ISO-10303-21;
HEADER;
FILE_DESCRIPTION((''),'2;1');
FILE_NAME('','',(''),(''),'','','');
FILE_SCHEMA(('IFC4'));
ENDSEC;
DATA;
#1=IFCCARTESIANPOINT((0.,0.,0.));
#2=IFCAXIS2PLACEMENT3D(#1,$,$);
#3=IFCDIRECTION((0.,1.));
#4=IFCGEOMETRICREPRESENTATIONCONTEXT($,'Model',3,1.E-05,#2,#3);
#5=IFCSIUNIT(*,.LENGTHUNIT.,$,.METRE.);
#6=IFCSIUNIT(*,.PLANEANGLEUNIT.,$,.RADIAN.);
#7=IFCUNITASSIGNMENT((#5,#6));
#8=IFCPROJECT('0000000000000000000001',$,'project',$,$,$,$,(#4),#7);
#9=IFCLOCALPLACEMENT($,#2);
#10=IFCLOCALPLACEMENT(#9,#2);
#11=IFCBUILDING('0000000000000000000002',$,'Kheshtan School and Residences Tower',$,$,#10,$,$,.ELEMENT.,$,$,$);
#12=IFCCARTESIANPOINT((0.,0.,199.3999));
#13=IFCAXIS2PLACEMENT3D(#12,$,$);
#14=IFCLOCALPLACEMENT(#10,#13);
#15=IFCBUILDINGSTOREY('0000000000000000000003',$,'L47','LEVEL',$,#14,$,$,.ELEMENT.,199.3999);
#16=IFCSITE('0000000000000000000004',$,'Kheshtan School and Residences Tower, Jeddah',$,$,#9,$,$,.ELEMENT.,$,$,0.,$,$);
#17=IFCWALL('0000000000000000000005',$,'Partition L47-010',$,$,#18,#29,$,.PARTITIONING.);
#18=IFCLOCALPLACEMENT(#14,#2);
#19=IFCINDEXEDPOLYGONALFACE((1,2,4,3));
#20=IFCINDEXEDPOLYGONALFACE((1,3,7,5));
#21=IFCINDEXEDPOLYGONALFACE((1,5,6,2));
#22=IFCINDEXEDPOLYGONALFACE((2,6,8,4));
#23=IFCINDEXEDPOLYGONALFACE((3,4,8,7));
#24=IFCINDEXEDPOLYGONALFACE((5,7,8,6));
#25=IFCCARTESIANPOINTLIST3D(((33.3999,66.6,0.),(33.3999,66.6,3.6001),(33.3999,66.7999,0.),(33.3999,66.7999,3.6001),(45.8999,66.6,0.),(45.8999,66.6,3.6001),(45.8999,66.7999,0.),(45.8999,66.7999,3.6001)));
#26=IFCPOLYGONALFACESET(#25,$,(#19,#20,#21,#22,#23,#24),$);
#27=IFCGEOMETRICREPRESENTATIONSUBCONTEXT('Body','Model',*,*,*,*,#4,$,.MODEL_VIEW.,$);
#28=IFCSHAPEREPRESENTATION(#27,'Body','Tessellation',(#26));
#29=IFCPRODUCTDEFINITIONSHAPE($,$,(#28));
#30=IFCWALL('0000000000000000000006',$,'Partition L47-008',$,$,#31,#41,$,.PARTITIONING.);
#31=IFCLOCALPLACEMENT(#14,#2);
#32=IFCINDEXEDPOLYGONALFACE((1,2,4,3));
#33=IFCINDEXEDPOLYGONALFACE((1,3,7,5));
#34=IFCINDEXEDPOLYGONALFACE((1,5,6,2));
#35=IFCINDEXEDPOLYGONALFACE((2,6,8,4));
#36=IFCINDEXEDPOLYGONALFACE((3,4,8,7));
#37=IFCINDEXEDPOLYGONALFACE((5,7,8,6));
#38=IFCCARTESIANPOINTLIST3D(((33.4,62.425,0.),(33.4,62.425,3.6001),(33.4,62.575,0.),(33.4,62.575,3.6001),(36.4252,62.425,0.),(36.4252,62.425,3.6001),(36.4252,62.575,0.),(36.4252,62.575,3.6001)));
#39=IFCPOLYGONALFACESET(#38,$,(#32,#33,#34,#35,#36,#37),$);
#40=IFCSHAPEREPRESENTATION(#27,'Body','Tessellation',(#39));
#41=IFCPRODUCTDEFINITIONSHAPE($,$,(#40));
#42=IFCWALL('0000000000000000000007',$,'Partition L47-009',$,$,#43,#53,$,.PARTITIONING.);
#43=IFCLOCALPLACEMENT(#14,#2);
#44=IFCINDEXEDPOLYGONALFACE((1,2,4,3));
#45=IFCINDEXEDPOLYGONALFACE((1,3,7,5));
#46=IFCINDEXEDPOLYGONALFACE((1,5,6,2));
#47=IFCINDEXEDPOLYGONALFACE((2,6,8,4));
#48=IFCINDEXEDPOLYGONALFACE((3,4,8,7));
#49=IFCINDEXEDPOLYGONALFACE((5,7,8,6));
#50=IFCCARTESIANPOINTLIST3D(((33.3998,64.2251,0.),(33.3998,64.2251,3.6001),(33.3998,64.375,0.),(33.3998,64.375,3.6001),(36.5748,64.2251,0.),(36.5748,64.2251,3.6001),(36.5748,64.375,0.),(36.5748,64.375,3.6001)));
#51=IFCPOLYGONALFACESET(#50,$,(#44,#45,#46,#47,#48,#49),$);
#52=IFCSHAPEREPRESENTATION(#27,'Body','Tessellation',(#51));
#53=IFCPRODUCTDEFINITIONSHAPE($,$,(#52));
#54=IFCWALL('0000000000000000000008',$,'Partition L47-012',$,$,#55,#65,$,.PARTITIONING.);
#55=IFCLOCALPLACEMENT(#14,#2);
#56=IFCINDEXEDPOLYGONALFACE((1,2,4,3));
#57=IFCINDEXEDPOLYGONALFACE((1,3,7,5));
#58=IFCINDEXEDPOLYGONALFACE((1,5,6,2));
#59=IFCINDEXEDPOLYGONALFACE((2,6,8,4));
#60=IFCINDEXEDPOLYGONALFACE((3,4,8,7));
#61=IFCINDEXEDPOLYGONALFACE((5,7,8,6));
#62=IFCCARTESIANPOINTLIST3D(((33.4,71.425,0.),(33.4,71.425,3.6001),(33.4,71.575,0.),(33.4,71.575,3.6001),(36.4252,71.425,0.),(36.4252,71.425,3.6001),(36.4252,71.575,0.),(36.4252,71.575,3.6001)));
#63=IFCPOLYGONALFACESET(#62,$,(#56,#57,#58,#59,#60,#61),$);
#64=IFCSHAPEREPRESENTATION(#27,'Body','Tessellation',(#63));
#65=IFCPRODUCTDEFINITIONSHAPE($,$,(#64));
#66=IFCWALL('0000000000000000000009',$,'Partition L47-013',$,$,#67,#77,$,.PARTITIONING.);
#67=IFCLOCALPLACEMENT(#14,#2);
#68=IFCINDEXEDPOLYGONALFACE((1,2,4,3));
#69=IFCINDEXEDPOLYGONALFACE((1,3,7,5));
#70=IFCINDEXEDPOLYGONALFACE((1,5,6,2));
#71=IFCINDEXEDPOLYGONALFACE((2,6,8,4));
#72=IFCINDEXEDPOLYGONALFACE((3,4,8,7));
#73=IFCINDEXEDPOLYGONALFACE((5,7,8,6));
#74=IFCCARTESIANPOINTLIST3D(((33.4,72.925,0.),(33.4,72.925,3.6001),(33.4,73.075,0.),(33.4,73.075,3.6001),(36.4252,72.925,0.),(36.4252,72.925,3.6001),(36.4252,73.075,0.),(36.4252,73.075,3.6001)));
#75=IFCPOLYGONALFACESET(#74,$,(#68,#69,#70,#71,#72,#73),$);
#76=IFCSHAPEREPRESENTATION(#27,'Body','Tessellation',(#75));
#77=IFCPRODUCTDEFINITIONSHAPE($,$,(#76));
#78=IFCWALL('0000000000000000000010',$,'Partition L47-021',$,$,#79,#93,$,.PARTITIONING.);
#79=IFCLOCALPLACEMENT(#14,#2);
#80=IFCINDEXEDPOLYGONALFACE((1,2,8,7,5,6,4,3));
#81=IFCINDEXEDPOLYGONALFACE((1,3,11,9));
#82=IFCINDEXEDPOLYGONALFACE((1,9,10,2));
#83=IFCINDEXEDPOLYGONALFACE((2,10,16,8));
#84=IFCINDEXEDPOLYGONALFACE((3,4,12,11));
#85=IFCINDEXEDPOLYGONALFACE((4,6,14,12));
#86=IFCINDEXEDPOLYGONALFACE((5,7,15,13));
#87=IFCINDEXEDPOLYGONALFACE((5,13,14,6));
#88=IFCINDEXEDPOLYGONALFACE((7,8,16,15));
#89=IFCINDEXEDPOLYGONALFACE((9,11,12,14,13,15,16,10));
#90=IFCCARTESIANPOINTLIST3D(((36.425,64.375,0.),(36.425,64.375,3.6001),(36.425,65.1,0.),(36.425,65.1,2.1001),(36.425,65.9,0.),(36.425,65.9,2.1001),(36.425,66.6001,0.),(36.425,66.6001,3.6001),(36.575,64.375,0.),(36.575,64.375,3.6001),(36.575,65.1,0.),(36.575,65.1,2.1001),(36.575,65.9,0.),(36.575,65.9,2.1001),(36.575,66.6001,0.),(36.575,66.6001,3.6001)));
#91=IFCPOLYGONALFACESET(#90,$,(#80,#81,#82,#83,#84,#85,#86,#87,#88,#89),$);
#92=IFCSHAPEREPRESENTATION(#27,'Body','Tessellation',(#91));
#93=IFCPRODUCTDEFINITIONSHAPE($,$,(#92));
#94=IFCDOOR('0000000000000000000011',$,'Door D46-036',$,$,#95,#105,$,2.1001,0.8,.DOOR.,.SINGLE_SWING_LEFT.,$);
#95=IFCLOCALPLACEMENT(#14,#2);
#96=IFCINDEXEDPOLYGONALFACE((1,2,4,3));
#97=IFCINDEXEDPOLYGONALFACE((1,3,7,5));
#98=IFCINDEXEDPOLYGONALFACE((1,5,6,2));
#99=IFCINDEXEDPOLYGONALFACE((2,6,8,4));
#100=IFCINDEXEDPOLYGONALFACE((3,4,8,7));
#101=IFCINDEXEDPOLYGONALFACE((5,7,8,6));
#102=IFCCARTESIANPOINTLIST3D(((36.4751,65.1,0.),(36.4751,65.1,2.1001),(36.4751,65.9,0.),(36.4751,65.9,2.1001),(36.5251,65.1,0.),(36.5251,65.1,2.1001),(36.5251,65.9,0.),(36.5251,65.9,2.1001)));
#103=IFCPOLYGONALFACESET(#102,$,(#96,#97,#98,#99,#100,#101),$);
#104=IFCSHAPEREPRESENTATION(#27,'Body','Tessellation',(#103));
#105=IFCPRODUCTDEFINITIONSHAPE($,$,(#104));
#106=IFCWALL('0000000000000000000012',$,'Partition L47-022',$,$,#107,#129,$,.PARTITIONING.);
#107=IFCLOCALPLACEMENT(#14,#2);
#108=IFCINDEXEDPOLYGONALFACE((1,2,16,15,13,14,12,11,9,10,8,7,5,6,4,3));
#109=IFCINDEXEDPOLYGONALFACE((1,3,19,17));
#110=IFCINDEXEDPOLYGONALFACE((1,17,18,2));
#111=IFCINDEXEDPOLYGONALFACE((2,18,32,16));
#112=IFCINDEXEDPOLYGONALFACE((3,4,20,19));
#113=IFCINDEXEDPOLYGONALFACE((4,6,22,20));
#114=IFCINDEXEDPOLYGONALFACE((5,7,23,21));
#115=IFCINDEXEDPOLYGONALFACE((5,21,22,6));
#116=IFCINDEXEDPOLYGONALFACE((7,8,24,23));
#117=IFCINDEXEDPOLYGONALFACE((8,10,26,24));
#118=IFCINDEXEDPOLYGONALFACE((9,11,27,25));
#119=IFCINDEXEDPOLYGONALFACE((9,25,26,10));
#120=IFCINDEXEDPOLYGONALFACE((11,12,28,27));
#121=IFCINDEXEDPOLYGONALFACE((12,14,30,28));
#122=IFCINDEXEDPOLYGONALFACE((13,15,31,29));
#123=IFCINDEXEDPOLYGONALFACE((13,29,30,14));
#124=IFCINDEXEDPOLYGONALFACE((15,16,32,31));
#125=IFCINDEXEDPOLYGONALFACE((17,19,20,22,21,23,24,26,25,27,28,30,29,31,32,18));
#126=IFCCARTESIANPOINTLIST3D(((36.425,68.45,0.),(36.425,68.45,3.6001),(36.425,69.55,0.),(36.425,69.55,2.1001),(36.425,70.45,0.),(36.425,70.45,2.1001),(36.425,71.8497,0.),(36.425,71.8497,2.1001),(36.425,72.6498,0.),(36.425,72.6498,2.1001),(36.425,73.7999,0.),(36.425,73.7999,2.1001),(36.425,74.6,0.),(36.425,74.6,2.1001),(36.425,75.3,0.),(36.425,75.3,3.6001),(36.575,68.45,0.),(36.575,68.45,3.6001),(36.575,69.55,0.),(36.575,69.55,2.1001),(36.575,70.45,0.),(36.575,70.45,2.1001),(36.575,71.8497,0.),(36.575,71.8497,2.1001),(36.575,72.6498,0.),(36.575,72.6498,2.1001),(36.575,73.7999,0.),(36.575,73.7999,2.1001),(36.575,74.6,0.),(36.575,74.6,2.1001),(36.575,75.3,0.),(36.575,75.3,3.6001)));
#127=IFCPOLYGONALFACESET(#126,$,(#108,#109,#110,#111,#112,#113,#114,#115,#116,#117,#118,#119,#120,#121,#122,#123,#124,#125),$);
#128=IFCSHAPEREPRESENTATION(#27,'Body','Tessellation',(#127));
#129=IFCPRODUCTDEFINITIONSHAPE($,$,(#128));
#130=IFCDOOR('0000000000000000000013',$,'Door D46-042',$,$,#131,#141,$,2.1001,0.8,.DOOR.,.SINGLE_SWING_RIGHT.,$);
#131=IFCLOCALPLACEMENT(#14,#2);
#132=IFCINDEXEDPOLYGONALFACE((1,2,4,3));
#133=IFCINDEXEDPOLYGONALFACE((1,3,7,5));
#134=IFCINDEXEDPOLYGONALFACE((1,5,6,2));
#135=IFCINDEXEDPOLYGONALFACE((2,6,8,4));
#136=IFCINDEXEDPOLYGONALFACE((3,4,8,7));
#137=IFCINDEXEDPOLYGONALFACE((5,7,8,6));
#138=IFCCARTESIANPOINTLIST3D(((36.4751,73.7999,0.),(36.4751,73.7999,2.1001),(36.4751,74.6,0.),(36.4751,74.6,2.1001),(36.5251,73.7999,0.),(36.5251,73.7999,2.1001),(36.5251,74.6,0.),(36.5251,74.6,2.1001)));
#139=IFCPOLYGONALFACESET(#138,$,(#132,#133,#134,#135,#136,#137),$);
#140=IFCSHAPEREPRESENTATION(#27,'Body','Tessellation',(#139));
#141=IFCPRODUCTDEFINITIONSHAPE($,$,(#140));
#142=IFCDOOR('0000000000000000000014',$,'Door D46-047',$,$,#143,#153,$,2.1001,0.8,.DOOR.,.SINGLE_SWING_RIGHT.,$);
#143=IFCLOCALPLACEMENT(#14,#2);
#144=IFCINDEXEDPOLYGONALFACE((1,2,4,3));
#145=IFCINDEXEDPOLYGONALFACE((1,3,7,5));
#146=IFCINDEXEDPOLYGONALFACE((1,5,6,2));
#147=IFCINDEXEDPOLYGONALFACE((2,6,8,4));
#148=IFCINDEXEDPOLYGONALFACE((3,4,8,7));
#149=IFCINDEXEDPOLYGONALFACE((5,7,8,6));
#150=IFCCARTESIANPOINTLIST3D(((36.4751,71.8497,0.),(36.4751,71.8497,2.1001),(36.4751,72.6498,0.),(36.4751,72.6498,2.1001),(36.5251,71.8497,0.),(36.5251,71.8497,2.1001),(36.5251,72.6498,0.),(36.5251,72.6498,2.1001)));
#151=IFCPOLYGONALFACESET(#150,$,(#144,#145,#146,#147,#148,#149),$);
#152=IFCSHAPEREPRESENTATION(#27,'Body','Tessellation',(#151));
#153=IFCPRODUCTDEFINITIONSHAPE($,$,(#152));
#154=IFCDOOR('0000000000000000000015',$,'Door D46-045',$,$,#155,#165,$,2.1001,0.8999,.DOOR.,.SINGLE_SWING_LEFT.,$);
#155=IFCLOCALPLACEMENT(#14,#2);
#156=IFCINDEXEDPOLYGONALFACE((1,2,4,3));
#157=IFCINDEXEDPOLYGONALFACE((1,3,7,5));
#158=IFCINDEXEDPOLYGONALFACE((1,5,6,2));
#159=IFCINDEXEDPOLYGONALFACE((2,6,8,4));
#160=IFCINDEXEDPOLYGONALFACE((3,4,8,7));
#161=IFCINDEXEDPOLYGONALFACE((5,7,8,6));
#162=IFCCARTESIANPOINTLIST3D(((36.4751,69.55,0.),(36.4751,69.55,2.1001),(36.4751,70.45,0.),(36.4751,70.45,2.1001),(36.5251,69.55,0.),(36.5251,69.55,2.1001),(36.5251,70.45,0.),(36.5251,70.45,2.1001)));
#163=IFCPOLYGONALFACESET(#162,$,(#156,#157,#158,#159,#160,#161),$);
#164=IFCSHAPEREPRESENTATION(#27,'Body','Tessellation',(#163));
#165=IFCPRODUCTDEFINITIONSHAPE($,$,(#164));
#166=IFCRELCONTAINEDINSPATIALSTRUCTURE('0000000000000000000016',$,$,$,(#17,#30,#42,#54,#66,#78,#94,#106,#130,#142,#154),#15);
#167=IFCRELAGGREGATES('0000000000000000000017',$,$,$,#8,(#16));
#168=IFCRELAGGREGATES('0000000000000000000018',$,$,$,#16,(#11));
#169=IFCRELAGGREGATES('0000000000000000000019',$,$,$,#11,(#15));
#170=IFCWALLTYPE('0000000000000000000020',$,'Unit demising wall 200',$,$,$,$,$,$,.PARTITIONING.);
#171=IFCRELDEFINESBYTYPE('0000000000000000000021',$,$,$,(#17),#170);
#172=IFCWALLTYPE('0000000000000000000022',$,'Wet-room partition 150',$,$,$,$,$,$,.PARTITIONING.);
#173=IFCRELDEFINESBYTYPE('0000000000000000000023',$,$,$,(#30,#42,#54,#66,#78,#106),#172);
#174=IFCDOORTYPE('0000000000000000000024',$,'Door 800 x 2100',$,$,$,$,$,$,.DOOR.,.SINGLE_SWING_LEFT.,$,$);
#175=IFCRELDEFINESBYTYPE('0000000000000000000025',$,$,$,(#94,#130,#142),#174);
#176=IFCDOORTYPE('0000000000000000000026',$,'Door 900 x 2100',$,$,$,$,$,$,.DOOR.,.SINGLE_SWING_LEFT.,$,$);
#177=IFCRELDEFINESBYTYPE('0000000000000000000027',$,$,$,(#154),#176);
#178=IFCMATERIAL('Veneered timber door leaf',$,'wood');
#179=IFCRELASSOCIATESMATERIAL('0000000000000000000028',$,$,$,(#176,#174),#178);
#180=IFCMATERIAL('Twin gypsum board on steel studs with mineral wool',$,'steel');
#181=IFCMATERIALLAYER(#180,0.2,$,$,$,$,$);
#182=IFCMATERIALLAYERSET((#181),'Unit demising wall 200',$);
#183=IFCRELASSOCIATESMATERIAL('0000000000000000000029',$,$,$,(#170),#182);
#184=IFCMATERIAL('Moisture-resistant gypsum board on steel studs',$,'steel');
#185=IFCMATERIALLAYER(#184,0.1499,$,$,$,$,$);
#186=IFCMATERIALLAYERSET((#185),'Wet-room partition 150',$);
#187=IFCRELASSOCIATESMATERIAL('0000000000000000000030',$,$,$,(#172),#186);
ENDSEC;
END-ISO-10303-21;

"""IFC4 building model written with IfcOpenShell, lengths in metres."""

from ifc_helpers import new_model, si_unit, direction, frame, frame_2d, origin, place, context, subcontext, project, spatial, rectangle, extrude, source, transform, mapped, material, layer, layer_set, type_object, element, fill, save


model = new_model("IFC4")

# Units and contexts
model_context = context("Model", 3, precision=1e-05, world=origin(), true_north=direction((0.0, 1.0)))
body_context = subcontext(model_context, "Body", "Model", "MODEL_VIEW")
ifc_project = project(units=[si_unit("LENGTHUNIT", "METRE"), si_unit("PLANEANGLEUNIT", "RADIAN")], contexts=[model_context])

# Site, building, storey
site_placement = place(None, origin())
site = spatial("IfcSite", under=ifc_project, at=site_placement, Name="Kheshtan School and Residences Tower, Jeddah", CompositionType="ELEMENT", RefElevation=0.0)
building_placement = place(site_placement, origin())
building = spatial("IfcBuilding", under=site, at=building_placement, Name="Kheshtan School and Residences Tower", CompositionType="ELEMENT")
storey_placement = place(building_placement, frame((0.0, 0.0, 199.3999)))
storey = spatial("IfcBuildingStorey", under=building, at=storey_placement, Name="L47", Description="LEVEL", CompositionType="ELEMENT", Elevation=199.3999)

# Shared definitions
ifc_material_1 = material(Name="Veneered timber door leaf", Category="wood")
door_type_1 = type_object("IfcDoorType", Name="Door 900 x 2100", OperationType="SINGLE_SWING_LEFT", PredefinedType="DOOR", material=ifc_material_1)
shared_shape_1 = source(origin(), body_context, "Body", "SweptSolid", [
    extrude(rectangle(XDim=0.8999, YDim=2.1001, at=frame_2d((0.45, 1.05))), frame((0.0, 0.0249, 0.0), z_axis=(0.0, -1.0, 0.0), x_axis=(1.0, 0.0, 0.0)), (0.0, 0.0, 1.0), 0.05),
])

# Walls
ifc_material_2 = material(Name="Twin gypsum board on steel studs with mineral wool", Category="steel")
ifc_layer_1 = layer(ifc_material_2, 0.2)
ifc_layer_set_1 = layer_set([ifc_layer_1], Name="Unit demising wall 200")
wall_type_1 = type_object("IfcWallType", Name="Unit demising wall 200", PredefinedType="PARTITIONING", material=ifc_layer_set_1)
wall_1_placement = place(storey_placement, frame((33.3999, 66.7, 0.0), z_axis=(0.0, 0.0, 1.0), x_axis=(1.0, 0.0, 0.0)))
element("IfcWall", 1, at=wall_1_placement, inside=storey, type_object=wall_type_1, Name="Partition L47-010", PredefinedType="PARTITIONING", context=body_context, shape_type="SweptSolid", body=[
    extrude(rectangle(XDim=12.5, YDim=0.2, at=frame_2d((6.25, 0.0))), origin(), (0.0, 0.0, 1.0), 3.6001),
])
ifc_material_3 = material(Name="Moisture-resistant gypsum board on steel studs", Category="steel")
ifc_layer_2 = layer(ifc_material_3, 0.1499)
ifc_layer_set_2 = layer_set([ifc_layer_2], Name="Wet-room partition 150")
wall_type_2 = type_object("IfcWallType", Name="Wet-room partition 150", PredefinedType="PARTITIONING", material=ifc_layer_set_2)
wall_2_placement = place(storey_placement, frame((33.3999, 62.5, 0.0), z_axis=(0.0, 0.0, 1.0), x_axis=(1.0, 0.0, 0.0)))
element("IfcWall", 2, at=wall_2_placement, inside=storey, type_object=wall_type_2, Name="Partition L47-008", PredefinedType="PARTITIONING", context=body_context, shape_type="SweptSolid", body=[
    extrude(rectangle(XDim=3.0251, YDim=0.1499, at=frame_2d((1.5127, 0.0))), origin(), (0.0, 0.0, 1.0), 3.6001),
])
wall_3_placement = place(storey_placement, frame((33.3999, 64.3, 0.0), z_axis=(0.0, 0.0, 1.0), x_axis=(1.0, 0.0, 0.0)))
element("IfcWall", 3, at=wall_3_placement, inside=storey, type_object=wall_type_2, Name="Partition L47-009", PredefinedType="PARTITIONING", context=body_context, shape_type="SweptSolid", body=[
    extrude(rectangle(XDim=3.175, YDim=0.1499, at=frame_2d((1.5874, 0.0))), origin(), (0.0, 0.0, 1.0), 3.6001),
])
for number, where, z_axis, x_axis, name in (
    (4, (33.3999, 71.5, 0.0), (0.0, 0.0, 1.0), (1.0, 0.0, 0.0), "Partition L47-012"),
    (5, (33.3999, 73.0, 0.0), (0.0, 0.0, 1.0), (1.0, 0.0, 0.0), "Partition L47-013"),
):
    element("IfcWall", number, at=place(storey_placement, frame(where, z_axis=z_axis, x_axis=x_axis)), inside=storey, type_object=wall_type_2, Name=name, PredefinedType="PARTITIONING", context=body_context, shape_type="SweptSolid", body=[
        extrude(rectangle(XDim=3.0251, YDim=0.1499, at=frame_2d((1.5127, 0.0))), origin(), (0.0, 0.0, 1.0), 3.6001),
    ])

# Wall, opening, door
wall_4_placement = place(storey_placement, frame((36.5, 64.375, 0.0), z_axis=(0.0, 0.0, 1.0), x_axis=(0.0, 1.0, 0.0)))
wall_4 = element("IfcWall", 6, at=wall_4_placement, inside=storey, type_object=wall_type_2, Name="Partition L47-021", PredefinedType="PARTITIONING", context=body_context, shape_type="SweptSolid", body=[
    extrude(rectangle(XDim=2.2251, YDim=0.1499, at=frame_2d((1.1125, 0.0))), origin(), (0.0, 0.0, 1.0), 3.6001),
])
opening_1_placement = place(wall_4_placement, frame((0.7251, 0.0, 0.0)))
opening_1 = element("IfcOpeningElement", 7, at=opening_1_placement, cuts=wall_4, PredefinedType="OPENING", context=body_context, shape_type="SweptSolid", body=[
    extrude(rectangle(XDim=0.8, YDim=2.1001, at=frame_2d((0.3999, 1.05))), frame((0.0, 0.085, 0.0), z_axis=(0.0, -1.0, 0.0), x_axis=(1.0, 0.0, 0.0)), (0.0, 0.0, 1.0), 0.1699),
])
door_type_2 = type_object("IfcDoorType", Name="Door 800 x 2100", OperationType="SINGLE_SWING_LEFT", PredefinedType="DOOR", material=ifc_material_1)
shared_shape_2 = source(origin(), body_context, "Body", "SweptSolid", [
    extrude(rectangle(XDim=0.8, YDim=2.1001, at=frame_2d((0.3999, 1.05))), frame((0.0, 0.0249, 0.0), z_axis=(0.0, -1.0, 0.0), x_axis=(1.0, 0.0, 0.0)), (0.0, 0.0, 1.0), 0.05),
])
door_1_placement = place(opening_1_placement, origin())
door_1 = element("IfcDoor", 8, at=door_1_placement, inside=storey, type_object=door_type_2, Name="Door D46-036", OperationType="SINGLE_SWING_LEFT", OverallHeight=2.1001, OverallWidth=0.8, PredefinedType="DOOR", context=body_context, shape_type="MappedRepresentation", body=[
    mapped(shared_shape_2, transform((0.0, 0.0, 0.0), x_axis=(1.0, 0.0, 0.0), y_axis=(0.0, 1.0, 0.0), z_axis=(0.0, 0.0, 1.0), scale=1.0)),
])
fill(opening_1, door_1)

# Wall, openings, doors
wall_5_placement = place(storey_placement, frame((36.5, 68.45, 0.0), z_axis=(0.0, 0.0, 1.0), x_axis=(0.0, 1.0, 0.0)))
wall_5 = element("IfcWall", 9, at=wall_5_placement, inside=storey, type_object=wall_type_2, Name="Partition L47-022", PredefinedType="PARTITIONING", context=body_context, shape_type="SweptSolid", body=[
    extrude(rectangle(XDim=6.8501, YDim=0.1499, at=frame_2d((3.425, 0.0))), origin(), (0.0, 0.0, 1.0), 3.6001),
])
opening_2_placement = place(wall_5_placement, frame((5.3501, 0.0, 0.0)))
opening_2 = element("IfcOpeningElement", 10, at=opening_2_placement, cuts=wall_5, PredefinedType="OPENING", context=body_context, shape_type="SweptSolid", body=[
    extrude(rectangle(XDim=0.8, YDim=2.1001, at=frame_2d((0.3999, 1.05))), frame((0.0, 0.085, 0.0), z_axis=(0.0, -1.0, 0.0), x_axis=(1.0, 0.0, 0.0)), (0.0, 0.0, 1.0), 0.1699),
])
opening_3_placement = place(wall_5_placement, frame((1.1001, 0.0, 0.0)))
opening_3 = element("IfcOpeningElement", 11, at=opening_3_placement, cuts=wall_5, PredefinedType="OPENING", context=body_context, shape_type="SweptSolid", body=[
    extrude(rectangle(XDim=0.8999, YDim=2.1001, at=frame_2d((0.45, 1.05))), frame((0.0, 0.085, 0.0), z_axis=(0.0, -1.0, 0.0), x_axis=(1.0, 0.0, 0.0)), (0.0, 0.0, 1.0), 0.1699),
])
opening_4_placement = place(wall_5_placement, frame((3.3999, 0.0, 0.0)))
opening_4 = element("IfcOpeningElement", 12, at=opening_4_placement, cuts=wall_5, PredefinedType="OPENING", context=body_context, shape_type="SweptSolid", body=[
    extrude(rectangle(XDim=0.8, YDim=2.1001, at=frame_2d((0.3999, 1.05))), frame((0.0, 0.085, 0.0), z_axis=(0.0, -1.0, 0.0), x_axis=(1.0, 0.0, 0.0)), (0.0, 0.0, 1.0), 0.1699),
])
door_2_placement = place(opening_2_placement, origin())
door_2 = element("IfcDoor", 13, at=door_2_placement, inside=storey, type_object=door_type_2, Name="Door D46-042", OperationType="SINGLE_SWING_RIGHT", OverallHeight=2.1001, OverallWidth=0.8, PredefinedType="DOOR", context=body_context, shape_type="MappedRepresentation", body=[
    mapped(shared_shape_2, transform((0.0, 0.0, 0.0), x_axis=(1.0, 0.0, 0.0), y_axis=(0.0, 1.0, 0.0), z_axis=(0.0, 0.0, 1.0), scale=1.0)),
])
fill(opening_2, door_2)
door_3_placement = place(opening_4_placement, origin())
door_3 = element("IfcDoor", 14, at=door_3_placement, inside=storey, type_object=door_type_2, Name="Door D46-047", OperationType="SINGLE_SWING_RIGHT", OverallHeight=2.1001, OverallWidth=0.8, PredefinedType="DOOR", context=body_context, shape_type="MappedRepresentation", body=[
    mapped(shared_shape_2, transform((0.0, 0.0, 0.0), x_axis=(1.0, 0.0, 0.0), y_axis=(0.0, 1.0, 0.0), z_axis=(0.0, 0.0, 1.0), scale=1.0)),
])
fill(opening_4, door_3)
door_4_placement = place(opening_3_placement, origin())
door_4 = element("IfcDoor", 15, at=door_4_placement, inside=storey, type_object=door_type_1, Name="Door D46-045", OperationType="SINGLE_SWING_LEFT", OverallHeight=2.1001, OverallWidth=0.8999, PredefinedType="DOOR", context=body_context, shape_type="MappedRepresentation", body=[
    mapped(shared_shape_1, transform((0.0, 0.0, 0.0), x_axis=(1.0, 0.0, 0.0), y_axis=(0.0, 1.0, 0.0), z_axis=(0.0, 0.0, 1.0), scale=1.0)),
])
fill(opening_3, door_4)

save(model, "model.ifc")
